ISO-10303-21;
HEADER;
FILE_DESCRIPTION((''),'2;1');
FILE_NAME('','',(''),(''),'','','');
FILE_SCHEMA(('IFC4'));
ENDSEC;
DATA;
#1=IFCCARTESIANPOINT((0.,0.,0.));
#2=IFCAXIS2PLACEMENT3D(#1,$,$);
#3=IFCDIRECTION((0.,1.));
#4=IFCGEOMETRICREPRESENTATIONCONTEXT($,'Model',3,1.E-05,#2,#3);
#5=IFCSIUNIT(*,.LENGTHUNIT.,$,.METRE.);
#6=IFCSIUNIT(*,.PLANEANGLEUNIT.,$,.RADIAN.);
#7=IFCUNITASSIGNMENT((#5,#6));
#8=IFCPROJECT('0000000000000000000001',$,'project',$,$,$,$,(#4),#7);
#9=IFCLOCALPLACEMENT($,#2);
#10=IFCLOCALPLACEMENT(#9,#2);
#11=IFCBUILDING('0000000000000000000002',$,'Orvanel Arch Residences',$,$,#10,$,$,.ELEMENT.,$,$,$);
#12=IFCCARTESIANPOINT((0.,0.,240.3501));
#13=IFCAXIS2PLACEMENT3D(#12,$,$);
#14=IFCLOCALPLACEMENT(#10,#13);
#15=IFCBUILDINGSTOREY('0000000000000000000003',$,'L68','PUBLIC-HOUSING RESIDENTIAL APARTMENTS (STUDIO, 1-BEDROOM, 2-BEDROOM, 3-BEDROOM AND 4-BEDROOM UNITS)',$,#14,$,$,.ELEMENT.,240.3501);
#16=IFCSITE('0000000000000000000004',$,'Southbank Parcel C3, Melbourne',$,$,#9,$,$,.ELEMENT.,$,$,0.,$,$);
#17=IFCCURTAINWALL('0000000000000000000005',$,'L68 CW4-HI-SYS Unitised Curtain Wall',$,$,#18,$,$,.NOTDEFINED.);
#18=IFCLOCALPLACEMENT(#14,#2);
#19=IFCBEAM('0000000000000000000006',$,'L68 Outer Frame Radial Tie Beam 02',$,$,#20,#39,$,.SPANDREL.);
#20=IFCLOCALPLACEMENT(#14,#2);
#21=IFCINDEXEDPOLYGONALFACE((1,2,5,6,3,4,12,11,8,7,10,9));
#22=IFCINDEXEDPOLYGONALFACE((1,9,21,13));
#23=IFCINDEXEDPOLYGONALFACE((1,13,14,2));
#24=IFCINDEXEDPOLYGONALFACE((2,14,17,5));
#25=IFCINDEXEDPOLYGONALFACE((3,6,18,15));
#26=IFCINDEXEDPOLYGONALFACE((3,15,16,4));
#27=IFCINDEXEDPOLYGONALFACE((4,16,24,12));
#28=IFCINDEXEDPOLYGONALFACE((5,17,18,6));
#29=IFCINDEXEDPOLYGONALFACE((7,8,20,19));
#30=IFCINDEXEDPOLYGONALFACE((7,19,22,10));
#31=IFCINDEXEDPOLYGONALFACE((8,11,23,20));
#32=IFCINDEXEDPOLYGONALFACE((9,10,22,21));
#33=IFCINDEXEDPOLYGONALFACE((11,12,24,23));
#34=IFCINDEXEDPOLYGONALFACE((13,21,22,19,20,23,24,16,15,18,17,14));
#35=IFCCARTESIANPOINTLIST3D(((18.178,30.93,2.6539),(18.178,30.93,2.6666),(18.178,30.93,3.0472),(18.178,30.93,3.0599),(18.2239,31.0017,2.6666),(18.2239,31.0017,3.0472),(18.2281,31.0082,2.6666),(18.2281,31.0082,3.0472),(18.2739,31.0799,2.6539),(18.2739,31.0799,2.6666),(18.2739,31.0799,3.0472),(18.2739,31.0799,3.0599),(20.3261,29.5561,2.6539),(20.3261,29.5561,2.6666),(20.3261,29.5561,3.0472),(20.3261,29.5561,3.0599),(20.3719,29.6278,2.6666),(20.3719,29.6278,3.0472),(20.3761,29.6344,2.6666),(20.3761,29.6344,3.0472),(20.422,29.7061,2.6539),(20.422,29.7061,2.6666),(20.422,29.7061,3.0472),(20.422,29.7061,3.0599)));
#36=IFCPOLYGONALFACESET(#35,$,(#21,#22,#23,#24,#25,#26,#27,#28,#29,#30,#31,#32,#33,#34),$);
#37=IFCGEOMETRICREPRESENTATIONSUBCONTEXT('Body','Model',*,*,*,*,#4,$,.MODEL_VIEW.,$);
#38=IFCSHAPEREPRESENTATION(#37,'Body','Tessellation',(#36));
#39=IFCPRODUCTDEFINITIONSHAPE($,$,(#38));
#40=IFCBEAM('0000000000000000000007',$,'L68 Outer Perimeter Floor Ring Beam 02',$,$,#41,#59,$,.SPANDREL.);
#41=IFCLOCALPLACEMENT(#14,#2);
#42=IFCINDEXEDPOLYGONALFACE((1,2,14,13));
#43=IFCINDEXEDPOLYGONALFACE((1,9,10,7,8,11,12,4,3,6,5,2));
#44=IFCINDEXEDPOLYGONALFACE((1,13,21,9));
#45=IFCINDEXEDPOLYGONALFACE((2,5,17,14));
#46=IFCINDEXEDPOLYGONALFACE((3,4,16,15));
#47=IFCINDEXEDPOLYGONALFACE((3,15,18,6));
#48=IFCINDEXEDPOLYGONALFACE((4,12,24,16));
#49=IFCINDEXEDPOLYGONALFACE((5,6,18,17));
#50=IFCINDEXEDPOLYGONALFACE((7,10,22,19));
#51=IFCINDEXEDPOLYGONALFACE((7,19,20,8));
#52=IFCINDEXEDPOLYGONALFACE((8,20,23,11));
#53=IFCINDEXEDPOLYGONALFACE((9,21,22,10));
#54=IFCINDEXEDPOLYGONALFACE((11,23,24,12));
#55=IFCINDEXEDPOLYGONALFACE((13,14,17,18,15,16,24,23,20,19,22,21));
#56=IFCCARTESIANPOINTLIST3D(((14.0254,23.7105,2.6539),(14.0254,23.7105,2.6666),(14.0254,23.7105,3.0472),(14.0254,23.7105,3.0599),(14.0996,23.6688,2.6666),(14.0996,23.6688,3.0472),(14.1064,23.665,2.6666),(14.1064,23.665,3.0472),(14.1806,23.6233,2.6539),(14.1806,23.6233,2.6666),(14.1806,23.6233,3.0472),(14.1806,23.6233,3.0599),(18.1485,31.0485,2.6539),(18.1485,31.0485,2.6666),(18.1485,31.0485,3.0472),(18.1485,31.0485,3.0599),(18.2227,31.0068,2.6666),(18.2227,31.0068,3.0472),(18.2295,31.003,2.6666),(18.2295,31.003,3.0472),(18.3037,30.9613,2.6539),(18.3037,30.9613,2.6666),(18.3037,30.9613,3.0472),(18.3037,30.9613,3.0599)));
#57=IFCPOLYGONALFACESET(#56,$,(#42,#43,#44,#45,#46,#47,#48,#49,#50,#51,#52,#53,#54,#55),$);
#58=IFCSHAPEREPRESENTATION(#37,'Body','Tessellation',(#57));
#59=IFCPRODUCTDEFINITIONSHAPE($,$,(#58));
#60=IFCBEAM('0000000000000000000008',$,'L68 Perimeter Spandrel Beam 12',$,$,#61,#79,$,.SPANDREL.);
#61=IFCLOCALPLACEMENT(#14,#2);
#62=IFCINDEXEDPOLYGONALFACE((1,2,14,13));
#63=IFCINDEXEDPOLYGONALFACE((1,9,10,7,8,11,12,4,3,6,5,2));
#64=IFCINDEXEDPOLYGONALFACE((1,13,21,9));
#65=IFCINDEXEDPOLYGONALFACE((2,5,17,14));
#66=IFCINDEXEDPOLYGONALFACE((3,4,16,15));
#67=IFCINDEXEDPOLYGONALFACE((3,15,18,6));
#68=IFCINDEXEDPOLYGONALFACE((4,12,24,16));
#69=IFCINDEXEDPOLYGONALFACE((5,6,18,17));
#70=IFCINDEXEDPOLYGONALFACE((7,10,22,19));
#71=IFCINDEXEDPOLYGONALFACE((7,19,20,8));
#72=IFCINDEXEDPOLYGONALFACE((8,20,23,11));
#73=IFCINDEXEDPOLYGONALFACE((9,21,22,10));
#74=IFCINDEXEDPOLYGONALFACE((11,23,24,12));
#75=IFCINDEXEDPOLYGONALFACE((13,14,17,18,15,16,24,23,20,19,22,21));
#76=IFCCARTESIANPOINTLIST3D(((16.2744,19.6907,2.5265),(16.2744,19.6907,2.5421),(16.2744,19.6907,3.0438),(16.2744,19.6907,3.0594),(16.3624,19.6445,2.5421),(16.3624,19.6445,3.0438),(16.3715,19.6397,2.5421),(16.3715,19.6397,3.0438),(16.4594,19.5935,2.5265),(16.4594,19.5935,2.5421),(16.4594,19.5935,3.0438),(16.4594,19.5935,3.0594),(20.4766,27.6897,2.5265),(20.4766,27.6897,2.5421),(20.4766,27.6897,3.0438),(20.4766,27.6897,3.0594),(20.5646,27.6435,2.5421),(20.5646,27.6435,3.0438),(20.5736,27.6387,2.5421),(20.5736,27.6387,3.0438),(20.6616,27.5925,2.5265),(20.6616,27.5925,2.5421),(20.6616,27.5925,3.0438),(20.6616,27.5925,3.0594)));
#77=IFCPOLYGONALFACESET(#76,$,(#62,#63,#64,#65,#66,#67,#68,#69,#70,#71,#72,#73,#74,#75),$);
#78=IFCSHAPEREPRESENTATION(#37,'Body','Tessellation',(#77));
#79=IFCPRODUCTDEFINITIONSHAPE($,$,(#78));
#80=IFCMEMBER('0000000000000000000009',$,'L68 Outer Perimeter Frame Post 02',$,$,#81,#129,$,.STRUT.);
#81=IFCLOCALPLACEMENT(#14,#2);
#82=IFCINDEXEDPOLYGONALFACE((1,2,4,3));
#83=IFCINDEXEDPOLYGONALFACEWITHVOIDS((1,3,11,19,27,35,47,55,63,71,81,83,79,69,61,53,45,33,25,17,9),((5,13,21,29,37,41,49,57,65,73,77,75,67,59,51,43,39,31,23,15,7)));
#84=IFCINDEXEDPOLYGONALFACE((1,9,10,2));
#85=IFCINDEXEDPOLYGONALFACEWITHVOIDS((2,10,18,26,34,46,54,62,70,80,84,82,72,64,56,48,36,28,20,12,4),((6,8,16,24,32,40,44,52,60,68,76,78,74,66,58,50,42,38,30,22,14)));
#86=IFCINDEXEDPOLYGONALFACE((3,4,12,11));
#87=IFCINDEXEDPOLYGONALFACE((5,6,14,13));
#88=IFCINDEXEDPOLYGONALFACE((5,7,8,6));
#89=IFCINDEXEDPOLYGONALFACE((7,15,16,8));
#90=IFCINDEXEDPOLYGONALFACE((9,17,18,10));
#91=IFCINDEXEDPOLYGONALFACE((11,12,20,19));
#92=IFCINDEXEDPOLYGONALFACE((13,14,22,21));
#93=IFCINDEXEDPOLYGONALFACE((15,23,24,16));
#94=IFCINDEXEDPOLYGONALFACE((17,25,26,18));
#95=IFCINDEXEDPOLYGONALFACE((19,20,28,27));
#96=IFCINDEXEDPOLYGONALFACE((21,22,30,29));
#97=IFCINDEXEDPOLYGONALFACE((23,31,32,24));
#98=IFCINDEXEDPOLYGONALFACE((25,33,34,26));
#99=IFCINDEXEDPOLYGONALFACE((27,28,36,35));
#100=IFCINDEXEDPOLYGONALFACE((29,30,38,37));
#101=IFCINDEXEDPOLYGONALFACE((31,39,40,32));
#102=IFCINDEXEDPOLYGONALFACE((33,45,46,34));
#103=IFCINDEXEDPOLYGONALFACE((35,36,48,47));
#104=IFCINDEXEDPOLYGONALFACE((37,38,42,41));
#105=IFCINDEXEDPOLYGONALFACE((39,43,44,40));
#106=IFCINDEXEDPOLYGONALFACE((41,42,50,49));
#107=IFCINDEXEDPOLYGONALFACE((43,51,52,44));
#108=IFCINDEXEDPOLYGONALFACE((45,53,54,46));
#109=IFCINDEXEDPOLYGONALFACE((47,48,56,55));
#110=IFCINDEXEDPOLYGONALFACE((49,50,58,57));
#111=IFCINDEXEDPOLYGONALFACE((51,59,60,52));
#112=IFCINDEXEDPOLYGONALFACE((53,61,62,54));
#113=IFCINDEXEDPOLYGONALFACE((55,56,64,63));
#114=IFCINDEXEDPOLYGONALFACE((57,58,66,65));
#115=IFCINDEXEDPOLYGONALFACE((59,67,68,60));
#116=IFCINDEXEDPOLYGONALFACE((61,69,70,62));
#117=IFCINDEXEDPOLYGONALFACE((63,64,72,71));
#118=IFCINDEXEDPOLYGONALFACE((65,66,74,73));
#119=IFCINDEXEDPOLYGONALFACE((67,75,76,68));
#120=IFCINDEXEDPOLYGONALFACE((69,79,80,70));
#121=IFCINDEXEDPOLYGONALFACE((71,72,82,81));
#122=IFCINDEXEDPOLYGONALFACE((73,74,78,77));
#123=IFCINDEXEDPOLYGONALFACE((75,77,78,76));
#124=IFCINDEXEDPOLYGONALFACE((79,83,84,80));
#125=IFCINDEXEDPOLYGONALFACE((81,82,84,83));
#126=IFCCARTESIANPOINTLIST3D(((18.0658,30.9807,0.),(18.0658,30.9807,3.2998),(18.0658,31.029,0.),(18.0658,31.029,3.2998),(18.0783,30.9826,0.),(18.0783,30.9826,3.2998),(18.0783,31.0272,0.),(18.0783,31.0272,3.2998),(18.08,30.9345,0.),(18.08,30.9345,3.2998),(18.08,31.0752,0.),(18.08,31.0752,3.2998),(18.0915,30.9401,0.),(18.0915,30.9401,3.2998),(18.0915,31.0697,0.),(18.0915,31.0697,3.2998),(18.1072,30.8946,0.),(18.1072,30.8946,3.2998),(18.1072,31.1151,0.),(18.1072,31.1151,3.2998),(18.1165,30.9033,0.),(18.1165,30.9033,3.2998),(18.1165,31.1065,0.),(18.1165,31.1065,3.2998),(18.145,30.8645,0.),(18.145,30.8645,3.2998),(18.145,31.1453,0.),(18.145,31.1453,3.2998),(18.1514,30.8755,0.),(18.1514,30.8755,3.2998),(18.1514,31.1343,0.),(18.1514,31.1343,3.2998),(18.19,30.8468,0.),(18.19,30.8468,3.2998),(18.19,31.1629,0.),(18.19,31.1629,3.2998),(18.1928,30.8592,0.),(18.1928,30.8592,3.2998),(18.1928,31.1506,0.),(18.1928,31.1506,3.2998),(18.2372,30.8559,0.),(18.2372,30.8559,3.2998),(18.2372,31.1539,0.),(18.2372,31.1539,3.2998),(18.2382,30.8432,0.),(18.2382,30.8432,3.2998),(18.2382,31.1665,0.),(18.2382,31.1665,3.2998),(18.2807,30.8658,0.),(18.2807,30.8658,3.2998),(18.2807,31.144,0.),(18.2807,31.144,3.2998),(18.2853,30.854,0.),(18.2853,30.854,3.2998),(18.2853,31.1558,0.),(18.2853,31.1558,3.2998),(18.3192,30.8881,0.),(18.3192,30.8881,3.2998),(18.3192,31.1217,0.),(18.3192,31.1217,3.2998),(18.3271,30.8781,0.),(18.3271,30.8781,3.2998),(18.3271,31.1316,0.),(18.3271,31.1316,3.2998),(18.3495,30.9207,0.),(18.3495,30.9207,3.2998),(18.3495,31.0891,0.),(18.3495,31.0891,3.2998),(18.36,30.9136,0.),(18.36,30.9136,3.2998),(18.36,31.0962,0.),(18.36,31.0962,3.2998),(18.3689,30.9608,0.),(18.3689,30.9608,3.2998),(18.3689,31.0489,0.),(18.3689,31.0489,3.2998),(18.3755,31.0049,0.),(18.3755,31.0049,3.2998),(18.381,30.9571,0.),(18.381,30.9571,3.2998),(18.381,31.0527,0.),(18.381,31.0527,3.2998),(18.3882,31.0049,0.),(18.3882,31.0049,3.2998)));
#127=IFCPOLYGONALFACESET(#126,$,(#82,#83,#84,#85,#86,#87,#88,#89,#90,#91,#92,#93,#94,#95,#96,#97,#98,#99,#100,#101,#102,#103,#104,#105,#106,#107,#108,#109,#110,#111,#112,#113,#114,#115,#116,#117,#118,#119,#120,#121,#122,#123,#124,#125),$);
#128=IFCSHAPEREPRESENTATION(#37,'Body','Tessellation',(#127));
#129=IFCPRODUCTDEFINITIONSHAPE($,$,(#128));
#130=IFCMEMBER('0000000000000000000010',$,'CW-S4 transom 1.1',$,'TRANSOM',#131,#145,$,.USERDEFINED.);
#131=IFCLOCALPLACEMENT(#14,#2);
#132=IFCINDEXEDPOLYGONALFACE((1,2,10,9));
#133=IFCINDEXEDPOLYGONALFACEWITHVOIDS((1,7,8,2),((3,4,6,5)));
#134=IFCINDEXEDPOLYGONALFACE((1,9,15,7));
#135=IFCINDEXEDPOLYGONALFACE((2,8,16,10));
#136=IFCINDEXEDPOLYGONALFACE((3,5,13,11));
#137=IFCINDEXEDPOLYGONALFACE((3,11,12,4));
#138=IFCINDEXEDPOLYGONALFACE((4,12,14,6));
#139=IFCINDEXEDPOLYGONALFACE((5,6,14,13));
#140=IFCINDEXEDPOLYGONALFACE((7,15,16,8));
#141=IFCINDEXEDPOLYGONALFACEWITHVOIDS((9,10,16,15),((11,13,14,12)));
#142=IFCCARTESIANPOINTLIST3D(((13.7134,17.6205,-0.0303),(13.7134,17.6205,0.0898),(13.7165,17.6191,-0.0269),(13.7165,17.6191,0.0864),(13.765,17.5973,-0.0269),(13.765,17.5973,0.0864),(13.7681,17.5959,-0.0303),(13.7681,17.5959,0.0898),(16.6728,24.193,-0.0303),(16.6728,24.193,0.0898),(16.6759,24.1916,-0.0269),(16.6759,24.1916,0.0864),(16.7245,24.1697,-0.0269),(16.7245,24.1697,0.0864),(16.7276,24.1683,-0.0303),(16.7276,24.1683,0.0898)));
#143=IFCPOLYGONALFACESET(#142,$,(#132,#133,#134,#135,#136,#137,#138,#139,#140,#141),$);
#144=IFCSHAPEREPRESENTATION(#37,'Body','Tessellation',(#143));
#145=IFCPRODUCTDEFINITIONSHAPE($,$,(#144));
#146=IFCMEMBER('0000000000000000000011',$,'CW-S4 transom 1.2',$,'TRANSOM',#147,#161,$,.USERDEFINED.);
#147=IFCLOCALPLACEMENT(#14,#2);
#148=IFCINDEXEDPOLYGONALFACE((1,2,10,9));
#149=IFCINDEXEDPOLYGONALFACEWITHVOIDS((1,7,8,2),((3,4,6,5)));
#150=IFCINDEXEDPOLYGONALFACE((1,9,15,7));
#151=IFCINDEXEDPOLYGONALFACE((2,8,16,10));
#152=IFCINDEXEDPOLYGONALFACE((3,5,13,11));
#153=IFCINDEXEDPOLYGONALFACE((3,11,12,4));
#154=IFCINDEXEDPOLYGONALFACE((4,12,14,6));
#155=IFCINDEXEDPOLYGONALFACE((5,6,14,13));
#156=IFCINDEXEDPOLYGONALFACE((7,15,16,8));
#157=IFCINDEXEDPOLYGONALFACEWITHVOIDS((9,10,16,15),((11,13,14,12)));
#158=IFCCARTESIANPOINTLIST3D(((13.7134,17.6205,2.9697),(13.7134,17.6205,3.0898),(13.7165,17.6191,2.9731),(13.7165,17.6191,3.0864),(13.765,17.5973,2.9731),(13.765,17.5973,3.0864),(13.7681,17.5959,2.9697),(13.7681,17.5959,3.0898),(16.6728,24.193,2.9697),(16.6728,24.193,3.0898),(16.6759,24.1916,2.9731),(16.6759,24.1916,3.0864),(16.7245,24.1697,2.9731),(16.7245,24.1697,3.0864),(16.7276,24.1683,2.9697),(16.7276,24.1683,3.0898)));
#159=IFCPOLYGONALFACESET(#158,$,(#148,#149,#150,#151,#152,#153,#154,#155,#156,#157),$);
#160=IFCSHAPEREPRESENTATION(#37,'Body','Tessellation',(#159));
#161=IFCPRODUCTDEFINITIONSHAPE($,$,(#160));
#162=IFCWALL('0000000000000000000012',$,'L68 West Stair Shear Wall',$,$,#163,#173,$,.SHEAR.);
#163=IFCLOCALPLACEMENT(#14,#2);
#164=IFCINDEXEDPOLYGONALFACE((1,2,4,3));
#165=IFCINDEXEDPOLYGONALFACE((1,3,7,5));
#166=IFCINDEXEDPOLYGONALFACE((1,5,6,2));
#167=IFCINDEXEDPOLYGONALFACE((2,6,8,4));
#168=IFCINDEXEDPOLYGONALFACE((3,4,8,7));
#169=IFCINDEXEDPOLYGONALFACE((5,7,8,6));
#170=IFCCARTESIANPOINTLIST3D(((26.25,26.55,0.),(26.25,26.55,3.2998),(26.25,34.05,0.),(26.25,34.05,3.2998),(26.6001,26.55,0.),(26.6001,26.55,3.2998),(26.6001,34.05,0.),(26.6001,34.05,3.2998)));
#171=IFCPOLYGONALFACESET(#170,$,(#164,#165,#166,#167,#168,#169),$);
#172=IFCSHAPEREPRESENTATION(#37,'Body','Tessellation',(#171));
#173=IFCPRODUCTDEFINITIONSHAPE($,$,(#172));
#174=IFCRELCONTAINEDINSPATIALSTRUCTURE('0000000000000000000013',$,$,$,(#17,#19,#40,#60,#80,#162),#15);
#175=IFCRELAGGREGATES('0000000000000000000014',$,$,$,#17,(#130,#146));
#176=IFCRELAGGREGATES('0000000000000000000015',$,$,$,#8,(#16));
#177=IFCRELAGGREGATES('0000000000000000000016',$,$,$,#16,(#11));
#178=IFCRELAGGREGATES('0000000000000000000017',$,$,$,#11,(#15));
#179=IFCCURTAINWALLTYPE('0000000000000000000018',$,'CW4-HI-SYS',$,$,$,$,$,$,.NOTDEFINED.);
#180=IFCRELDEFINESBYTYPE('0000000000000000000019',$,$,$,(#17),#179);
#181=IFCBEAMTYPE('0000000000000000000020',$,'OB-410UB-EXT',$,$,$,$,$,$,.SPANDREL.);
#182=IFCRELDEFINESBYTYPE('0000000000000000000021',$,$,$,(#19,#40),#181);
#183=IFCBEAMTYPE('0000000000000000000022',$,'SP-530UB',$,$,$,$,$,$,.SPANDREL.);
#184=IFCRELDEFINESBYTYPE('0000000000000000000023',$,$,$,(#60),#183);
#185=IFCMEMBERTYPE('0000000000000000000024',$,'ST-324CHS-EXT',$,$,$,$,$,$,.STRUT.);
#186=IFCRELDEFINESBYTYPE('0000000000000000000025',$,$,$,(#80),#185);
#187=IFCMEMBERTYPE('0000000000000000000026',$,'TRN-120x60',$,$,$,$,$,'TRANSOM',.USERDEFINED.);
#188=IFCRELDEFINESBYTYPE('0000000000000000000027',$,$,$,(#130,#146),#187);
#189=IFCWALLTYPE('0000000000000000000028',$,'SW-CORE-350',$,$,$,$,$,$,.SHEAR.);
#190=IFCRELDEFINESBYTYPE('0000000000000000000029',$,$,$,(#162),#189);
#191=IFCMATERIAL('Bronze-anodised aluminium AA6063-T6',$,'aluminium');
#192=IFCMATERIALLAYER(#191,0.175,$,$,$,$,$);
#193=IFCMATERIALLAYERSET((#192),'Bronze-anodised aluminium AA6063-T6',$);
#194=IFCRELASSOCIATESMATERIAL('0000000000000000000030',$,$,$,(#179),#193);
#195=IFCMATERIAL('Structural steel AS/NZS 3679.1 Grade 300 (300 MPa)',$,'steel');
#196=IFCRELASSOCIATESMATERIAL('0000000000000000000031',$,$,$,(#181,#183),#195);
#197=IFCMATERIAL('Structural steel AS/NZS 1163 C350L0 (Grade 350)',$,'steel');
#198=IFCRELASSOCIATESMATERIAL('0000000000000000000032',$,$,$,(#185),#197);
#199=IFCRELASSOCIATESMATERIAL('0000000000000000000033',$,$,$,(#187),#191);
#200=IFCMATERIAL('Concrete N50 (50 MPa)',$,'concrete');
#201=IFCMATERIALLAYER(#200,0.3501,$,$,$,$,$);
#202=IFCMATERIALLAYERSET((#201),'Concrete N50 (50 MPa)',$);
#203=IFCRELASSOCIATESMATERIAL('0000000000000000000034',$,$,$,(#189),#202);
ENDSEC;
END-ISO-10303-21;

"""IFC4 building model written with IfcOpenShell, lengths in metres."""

from ifc_helpers import new_model, si_unit, direction, frame, frame_2d, origin, origin_2d, place, context, subcontext, project, spatial, rectangle, hollow_rectangle, hollow_circle, i_section, extrude, material, layer, layer_set, material_profile, profile_set, type_object, element, aggregate, save


model = new_model("IFC4")

# Units and contexts
model_context = context("Model", 3, precision=1e-05, world=origin(), true_north=direction((0.0, 1.0)))
body_context = subcontext(model_context, "Body", "Model", "MODEL_VIEW")
ifc_project = project(units=[si_unit("LENGTHUNIT", "METRE"), si_unit("PLANEANGLEUNIT", "RADIAN")], contexts=[model_context])

# Site, building, storey
site_placement = place(None, origin())
site = spatial("IfcSite", under=ifc_project, at=site_placement, Name="Southbank Parcel C3, Melbourne", CompositionType="ELEMENT", RefElevation=0.0)
building_placement = place(site_placement, origin())
building = spatial("IfcBuilding", under=site, at=building_placement, Name="Orvanel Arch Residences", CompositionType="ELEMENT")
storey_placement = place(building_placement, frame((0.0, 0.0, 240.3501)))
storey = spatial("IfcBuildingStorey", under=building, at=storey_placement, Name="L68", Description="PUBLIC-HOUSING RESIDENTIAL APARTMENTS (STUDIO, 1-BEDROOM, 2-BEDROOM, 3-BEDROOM AND 4-BEDROOM UNITS)", CompositionType="ELEMENT", Elevation=240.3501)

# Shared definitions
ifc_material_1 = material(Name="Structural steel AS/NZS 1163 C350L0 (Grade 350)", Category="steel")

# Shared definitions
ifc_material_2 = material(Name="Structural steel AS/NZS 3679.1 Grade 300 (300 MPa)", Category="steel")

# Curtain wall
ifc_material_3 = material(Name="Bronze-anodised aluminium AA6063-T6", Category="aluminium")
ifc_layer_1 = layer(ifc_material_3, 0.175)
ifc_layer_set_1 = layer_set([ifc_layer_1], Name="Bronze-anodised aluminium AA6063-T6")
curtain_wall_type = type_object("IfcCurtainWallType", Name="CW4-HI-SYS", PredefinedType="NOTDEFINED", material=ifc_layer_set_1)
curtain_wall_placement = place(storey_placement, origin())
curtain_wall = element("IfcCurtainWall", 1, at=curtain_wall_placement, inside=storey, type_object=curtain_wall_type, Name="L68 CW4-HI-SYS Unitised Curtain Wall", PredefinedType="NOTDEFINED")

# Beams
ifc_material_profile_1 = material_profile(ifc_material_2, i_section(OverallWidth=0.178, OverallDepth=0.406, WebThickness=0.0078, FlangeThickness=0.0127, at=origin_2d()), Name="410UB59.7")
ifc_profile_set_1 = profile_set([ifc_material_profile_1], Name="Structural steel AS/NZS 3679.1 Grade 300 (300 MPa)")
beam_type_1 = type_object("IfcBeamType", Name="OB-410UB-EXT", PredefinedType="SPANDREL", material=ifc_profile_set_1)
beam_1_placement = place(storey_placement, frame((20.374, 29.6311, 2.8569), z_axis=(-0.842433, 0.538801, 0.0), x_axis=(-0.538801, -0.842433, 0.0)))
element("IfcBeam", 2, at=beam_1_placement, inside=storey, type_object=beam_type_1, Name="L68 Outer Frame Radial Tie Beam 02", PredefinedType="SPANDREL", context=body_context, shape_type="SweptSolid", body=[
    extrude(i_section(OverallWidth=0.178, OverallDepth=0.406, WebThickness=0.0078, FlangeThickness=0.0127, at=origin_2d()), origin(), (0.0, 0.0, 1.0), 2.5498),
])
beam_2_placement = place(storey_placement, frame((18.2261, 31.0049, 2.8569), z_axis=(-0.489854, -0.871805, 0.0), x_axis=(0.871805, -0.489854, 0.0)))
element("IfcBeam", 3, at=beam_2_placement, inside=storey, type_object=beam_type_1, Name="L68 Outer Perimeter Floor Ring Beam 02", PredefinedType="SPANDREL", context=body_context, shape_type="SweptSolid", body=[
    extrude(i_section(OverallWidth=0.178, OverallDepth=0.406, WebThickness=0.0078, FlangeThickness=0.0127, at=origin_2d()), origin(), (0.0, 0.0, 1.0), 8.417),
])
ifc_material_profile_2 = material_profile(ifc_material_2, i_section(OverallWidth=0.209, OverallDepth=0.533, WebThickness=0.0103, FlangeThickness=0.0156, at=origin_2d()), Name="530UB92.4")
ifc_profile_set_2 = profile_set([ifc_material_profile_2], Name="Structural steel AS/NZS 3679.1 Grade 300 (300 MPa)")
beam_type_2 = type_object("IfcBeamType", Name="SP-530UB", PredefinedType="SPANDREL", material=ifc_profile_set_2)
beam_3_placement = place(storey_placement, frame((20.5691, 27.6411, 2.793), z_axis=(-0.465065, -0.885277, 0.0), x_axis=(0.885277, -0.465065, 0.0)))
element("IfcBeam", 4, at=beam_3_placement, inside=storey, type_object=beam_type_2, Name="L68 Perimeter Spandrel Beam 12", PredefinedType="SPANDREL", context=body_context, shape_type="SweptSolid", body=[
    extrude(i_section(OverallWidth=0.209, OverallDepth=0.533, WebThickness=0.0103, FlangeThickness=0.0156, at=origin_2d()), origin(), (0.0, 0.0, 1.0), 9.0356),
])

# Members
ifc_material_profile_3 = material_profile(ifc_material_1, hollow_circle(Radius=0.1621, WallThickness=0.0127, at=origin_2d()), Name="CHS324x12.7")
ifc_profile_set_3 = profile_set([ifc_material_profile_3], Name="Structural steel AS/NZS 1163 C350L0 (Grade 350)")
member_type_1 = type_object("IfcMemberType", Name="ST-324CHS-EXT", PredefinedType="STRUT", material=ifc_profile_set_3)
member_1_placement = place(storey_placement, frame((18.2261, 31.0049, 0.0), z_axis=(0.0, 0.0, 1.0), x_axis=(1.0, 0.0, 0.0)))
element("IfcMember", 5, at=member_1_placement, inside=storey, type_object=member_type_1, Name="L68 Outer Perimeter Frame Post 02", PredefinedType="STRUT", context=body_context, shape_type="SweptSolid", body=[
    extrude(hollow_circle(Radius=0.1621, WallThickness=0.0127, at=origin_2d()), origin(), (0.0, 0.0, 1.0), 3.2998),
])
ifc_material_profile_4 = material_profile(ifc_material_3, hollow_rectangle(XDim=0.0601, YDim=0.1201, WallThickness=0.0034, at=origin_2d()), Name="ALU120x60x3.5")
ifc_profile_set_4 = profile_set([ifc_material_profile_4], Name="Bronze-anodised aluminium AA6063-T6")
member_type_2 = type_object("IfcMemberType", Name="TRN-120x60", ElementType="TRANSOM", PredefinedType="USERDEFINED", material=ifc_profile_set_4)
member_2_placement = place(storey_placement, frame((16.7002, 24.1807, 0.0298), z_axis=(-0.410577, -0.911826, 0.0), x_axis=(0.911826, -0.410577, 0.0)))
member_2 = element("IfcMember", 6, at=member_2_placement, type_object=member_type_2, Name="CW-S4 transom 1.1", ObjectType="TRANSOM", PredefinedType="USERDEFINED", context=body_context, shape_type="SweptSolid", body=[
    extrude(hollow_rectangle(XDim=0.0601, YDim=0.1201, WallThickness=0.0034, at=origin_2d()), origin(), (0.0, 0.0, 1.0), 7.208),
])
member_3_placement = place(storey_placement, frame((16.7002, 24.1807, 3.0298), z_axis=(-0.410577, -0.911826, 0.0), x_axis=(0.911826, -0.410577, 0.0)))
member_3 = element("IfcMember", 7, at=member_3_placement, type_object=member_type_2, Name="CW-S4 transom 1.2", ObjectType="TRANSOM", PredefinedType="USERDEFINED", context=body_context, shape_type="SweptSolid", body=[
    extrude(hollow_rectangle(XDim=0.0601, YDim=0.1201, WallThickness=0.0034, at=origin_2d()), origin(), (0.0, 0.0, 1.0), 7.208),
])
aggregate(curtain_wall, [member_2, member_3])

# Shared definitions
ifc_material_4 = material(Name="Concrete N50 (50 MPa)", Category="concrete")
ifc_layer_2 = layer(ifc_material_4, 0.3501)
ifc_layer_set_2 = layer_set([ifc_layer_2], Name="Concrete N50 (50 MPa)")
wall_type_1 = type_object("IfcWallType", Name="SW-CORE-350", PredefinedType="SHEAR", material=ifc_layer_set_2)

# Wall
wall_1_placement = place(storey_placement, frame((26.425, 26.55, 0.0), z_axis=(0.0, 0.0, 1.0), x_axis=(0.0, 1.0, 0.0)))
element("IfcWall", 8, at=wall_1_placement, inside=storey, type_object=wall_type_1, Name="L68 West Stair Shear Wall", PredefinedType="SHEAR", context=body_context, shape_type="SweptSolid", body=[
    extrude(rectangle(XDim=7.5, YDim=0.3501, at=frame_2d((3.75, 0.0))), origin(), (0.0, 0.0, 1.0), 3.2998),
])

save(model, "model.ifc")
